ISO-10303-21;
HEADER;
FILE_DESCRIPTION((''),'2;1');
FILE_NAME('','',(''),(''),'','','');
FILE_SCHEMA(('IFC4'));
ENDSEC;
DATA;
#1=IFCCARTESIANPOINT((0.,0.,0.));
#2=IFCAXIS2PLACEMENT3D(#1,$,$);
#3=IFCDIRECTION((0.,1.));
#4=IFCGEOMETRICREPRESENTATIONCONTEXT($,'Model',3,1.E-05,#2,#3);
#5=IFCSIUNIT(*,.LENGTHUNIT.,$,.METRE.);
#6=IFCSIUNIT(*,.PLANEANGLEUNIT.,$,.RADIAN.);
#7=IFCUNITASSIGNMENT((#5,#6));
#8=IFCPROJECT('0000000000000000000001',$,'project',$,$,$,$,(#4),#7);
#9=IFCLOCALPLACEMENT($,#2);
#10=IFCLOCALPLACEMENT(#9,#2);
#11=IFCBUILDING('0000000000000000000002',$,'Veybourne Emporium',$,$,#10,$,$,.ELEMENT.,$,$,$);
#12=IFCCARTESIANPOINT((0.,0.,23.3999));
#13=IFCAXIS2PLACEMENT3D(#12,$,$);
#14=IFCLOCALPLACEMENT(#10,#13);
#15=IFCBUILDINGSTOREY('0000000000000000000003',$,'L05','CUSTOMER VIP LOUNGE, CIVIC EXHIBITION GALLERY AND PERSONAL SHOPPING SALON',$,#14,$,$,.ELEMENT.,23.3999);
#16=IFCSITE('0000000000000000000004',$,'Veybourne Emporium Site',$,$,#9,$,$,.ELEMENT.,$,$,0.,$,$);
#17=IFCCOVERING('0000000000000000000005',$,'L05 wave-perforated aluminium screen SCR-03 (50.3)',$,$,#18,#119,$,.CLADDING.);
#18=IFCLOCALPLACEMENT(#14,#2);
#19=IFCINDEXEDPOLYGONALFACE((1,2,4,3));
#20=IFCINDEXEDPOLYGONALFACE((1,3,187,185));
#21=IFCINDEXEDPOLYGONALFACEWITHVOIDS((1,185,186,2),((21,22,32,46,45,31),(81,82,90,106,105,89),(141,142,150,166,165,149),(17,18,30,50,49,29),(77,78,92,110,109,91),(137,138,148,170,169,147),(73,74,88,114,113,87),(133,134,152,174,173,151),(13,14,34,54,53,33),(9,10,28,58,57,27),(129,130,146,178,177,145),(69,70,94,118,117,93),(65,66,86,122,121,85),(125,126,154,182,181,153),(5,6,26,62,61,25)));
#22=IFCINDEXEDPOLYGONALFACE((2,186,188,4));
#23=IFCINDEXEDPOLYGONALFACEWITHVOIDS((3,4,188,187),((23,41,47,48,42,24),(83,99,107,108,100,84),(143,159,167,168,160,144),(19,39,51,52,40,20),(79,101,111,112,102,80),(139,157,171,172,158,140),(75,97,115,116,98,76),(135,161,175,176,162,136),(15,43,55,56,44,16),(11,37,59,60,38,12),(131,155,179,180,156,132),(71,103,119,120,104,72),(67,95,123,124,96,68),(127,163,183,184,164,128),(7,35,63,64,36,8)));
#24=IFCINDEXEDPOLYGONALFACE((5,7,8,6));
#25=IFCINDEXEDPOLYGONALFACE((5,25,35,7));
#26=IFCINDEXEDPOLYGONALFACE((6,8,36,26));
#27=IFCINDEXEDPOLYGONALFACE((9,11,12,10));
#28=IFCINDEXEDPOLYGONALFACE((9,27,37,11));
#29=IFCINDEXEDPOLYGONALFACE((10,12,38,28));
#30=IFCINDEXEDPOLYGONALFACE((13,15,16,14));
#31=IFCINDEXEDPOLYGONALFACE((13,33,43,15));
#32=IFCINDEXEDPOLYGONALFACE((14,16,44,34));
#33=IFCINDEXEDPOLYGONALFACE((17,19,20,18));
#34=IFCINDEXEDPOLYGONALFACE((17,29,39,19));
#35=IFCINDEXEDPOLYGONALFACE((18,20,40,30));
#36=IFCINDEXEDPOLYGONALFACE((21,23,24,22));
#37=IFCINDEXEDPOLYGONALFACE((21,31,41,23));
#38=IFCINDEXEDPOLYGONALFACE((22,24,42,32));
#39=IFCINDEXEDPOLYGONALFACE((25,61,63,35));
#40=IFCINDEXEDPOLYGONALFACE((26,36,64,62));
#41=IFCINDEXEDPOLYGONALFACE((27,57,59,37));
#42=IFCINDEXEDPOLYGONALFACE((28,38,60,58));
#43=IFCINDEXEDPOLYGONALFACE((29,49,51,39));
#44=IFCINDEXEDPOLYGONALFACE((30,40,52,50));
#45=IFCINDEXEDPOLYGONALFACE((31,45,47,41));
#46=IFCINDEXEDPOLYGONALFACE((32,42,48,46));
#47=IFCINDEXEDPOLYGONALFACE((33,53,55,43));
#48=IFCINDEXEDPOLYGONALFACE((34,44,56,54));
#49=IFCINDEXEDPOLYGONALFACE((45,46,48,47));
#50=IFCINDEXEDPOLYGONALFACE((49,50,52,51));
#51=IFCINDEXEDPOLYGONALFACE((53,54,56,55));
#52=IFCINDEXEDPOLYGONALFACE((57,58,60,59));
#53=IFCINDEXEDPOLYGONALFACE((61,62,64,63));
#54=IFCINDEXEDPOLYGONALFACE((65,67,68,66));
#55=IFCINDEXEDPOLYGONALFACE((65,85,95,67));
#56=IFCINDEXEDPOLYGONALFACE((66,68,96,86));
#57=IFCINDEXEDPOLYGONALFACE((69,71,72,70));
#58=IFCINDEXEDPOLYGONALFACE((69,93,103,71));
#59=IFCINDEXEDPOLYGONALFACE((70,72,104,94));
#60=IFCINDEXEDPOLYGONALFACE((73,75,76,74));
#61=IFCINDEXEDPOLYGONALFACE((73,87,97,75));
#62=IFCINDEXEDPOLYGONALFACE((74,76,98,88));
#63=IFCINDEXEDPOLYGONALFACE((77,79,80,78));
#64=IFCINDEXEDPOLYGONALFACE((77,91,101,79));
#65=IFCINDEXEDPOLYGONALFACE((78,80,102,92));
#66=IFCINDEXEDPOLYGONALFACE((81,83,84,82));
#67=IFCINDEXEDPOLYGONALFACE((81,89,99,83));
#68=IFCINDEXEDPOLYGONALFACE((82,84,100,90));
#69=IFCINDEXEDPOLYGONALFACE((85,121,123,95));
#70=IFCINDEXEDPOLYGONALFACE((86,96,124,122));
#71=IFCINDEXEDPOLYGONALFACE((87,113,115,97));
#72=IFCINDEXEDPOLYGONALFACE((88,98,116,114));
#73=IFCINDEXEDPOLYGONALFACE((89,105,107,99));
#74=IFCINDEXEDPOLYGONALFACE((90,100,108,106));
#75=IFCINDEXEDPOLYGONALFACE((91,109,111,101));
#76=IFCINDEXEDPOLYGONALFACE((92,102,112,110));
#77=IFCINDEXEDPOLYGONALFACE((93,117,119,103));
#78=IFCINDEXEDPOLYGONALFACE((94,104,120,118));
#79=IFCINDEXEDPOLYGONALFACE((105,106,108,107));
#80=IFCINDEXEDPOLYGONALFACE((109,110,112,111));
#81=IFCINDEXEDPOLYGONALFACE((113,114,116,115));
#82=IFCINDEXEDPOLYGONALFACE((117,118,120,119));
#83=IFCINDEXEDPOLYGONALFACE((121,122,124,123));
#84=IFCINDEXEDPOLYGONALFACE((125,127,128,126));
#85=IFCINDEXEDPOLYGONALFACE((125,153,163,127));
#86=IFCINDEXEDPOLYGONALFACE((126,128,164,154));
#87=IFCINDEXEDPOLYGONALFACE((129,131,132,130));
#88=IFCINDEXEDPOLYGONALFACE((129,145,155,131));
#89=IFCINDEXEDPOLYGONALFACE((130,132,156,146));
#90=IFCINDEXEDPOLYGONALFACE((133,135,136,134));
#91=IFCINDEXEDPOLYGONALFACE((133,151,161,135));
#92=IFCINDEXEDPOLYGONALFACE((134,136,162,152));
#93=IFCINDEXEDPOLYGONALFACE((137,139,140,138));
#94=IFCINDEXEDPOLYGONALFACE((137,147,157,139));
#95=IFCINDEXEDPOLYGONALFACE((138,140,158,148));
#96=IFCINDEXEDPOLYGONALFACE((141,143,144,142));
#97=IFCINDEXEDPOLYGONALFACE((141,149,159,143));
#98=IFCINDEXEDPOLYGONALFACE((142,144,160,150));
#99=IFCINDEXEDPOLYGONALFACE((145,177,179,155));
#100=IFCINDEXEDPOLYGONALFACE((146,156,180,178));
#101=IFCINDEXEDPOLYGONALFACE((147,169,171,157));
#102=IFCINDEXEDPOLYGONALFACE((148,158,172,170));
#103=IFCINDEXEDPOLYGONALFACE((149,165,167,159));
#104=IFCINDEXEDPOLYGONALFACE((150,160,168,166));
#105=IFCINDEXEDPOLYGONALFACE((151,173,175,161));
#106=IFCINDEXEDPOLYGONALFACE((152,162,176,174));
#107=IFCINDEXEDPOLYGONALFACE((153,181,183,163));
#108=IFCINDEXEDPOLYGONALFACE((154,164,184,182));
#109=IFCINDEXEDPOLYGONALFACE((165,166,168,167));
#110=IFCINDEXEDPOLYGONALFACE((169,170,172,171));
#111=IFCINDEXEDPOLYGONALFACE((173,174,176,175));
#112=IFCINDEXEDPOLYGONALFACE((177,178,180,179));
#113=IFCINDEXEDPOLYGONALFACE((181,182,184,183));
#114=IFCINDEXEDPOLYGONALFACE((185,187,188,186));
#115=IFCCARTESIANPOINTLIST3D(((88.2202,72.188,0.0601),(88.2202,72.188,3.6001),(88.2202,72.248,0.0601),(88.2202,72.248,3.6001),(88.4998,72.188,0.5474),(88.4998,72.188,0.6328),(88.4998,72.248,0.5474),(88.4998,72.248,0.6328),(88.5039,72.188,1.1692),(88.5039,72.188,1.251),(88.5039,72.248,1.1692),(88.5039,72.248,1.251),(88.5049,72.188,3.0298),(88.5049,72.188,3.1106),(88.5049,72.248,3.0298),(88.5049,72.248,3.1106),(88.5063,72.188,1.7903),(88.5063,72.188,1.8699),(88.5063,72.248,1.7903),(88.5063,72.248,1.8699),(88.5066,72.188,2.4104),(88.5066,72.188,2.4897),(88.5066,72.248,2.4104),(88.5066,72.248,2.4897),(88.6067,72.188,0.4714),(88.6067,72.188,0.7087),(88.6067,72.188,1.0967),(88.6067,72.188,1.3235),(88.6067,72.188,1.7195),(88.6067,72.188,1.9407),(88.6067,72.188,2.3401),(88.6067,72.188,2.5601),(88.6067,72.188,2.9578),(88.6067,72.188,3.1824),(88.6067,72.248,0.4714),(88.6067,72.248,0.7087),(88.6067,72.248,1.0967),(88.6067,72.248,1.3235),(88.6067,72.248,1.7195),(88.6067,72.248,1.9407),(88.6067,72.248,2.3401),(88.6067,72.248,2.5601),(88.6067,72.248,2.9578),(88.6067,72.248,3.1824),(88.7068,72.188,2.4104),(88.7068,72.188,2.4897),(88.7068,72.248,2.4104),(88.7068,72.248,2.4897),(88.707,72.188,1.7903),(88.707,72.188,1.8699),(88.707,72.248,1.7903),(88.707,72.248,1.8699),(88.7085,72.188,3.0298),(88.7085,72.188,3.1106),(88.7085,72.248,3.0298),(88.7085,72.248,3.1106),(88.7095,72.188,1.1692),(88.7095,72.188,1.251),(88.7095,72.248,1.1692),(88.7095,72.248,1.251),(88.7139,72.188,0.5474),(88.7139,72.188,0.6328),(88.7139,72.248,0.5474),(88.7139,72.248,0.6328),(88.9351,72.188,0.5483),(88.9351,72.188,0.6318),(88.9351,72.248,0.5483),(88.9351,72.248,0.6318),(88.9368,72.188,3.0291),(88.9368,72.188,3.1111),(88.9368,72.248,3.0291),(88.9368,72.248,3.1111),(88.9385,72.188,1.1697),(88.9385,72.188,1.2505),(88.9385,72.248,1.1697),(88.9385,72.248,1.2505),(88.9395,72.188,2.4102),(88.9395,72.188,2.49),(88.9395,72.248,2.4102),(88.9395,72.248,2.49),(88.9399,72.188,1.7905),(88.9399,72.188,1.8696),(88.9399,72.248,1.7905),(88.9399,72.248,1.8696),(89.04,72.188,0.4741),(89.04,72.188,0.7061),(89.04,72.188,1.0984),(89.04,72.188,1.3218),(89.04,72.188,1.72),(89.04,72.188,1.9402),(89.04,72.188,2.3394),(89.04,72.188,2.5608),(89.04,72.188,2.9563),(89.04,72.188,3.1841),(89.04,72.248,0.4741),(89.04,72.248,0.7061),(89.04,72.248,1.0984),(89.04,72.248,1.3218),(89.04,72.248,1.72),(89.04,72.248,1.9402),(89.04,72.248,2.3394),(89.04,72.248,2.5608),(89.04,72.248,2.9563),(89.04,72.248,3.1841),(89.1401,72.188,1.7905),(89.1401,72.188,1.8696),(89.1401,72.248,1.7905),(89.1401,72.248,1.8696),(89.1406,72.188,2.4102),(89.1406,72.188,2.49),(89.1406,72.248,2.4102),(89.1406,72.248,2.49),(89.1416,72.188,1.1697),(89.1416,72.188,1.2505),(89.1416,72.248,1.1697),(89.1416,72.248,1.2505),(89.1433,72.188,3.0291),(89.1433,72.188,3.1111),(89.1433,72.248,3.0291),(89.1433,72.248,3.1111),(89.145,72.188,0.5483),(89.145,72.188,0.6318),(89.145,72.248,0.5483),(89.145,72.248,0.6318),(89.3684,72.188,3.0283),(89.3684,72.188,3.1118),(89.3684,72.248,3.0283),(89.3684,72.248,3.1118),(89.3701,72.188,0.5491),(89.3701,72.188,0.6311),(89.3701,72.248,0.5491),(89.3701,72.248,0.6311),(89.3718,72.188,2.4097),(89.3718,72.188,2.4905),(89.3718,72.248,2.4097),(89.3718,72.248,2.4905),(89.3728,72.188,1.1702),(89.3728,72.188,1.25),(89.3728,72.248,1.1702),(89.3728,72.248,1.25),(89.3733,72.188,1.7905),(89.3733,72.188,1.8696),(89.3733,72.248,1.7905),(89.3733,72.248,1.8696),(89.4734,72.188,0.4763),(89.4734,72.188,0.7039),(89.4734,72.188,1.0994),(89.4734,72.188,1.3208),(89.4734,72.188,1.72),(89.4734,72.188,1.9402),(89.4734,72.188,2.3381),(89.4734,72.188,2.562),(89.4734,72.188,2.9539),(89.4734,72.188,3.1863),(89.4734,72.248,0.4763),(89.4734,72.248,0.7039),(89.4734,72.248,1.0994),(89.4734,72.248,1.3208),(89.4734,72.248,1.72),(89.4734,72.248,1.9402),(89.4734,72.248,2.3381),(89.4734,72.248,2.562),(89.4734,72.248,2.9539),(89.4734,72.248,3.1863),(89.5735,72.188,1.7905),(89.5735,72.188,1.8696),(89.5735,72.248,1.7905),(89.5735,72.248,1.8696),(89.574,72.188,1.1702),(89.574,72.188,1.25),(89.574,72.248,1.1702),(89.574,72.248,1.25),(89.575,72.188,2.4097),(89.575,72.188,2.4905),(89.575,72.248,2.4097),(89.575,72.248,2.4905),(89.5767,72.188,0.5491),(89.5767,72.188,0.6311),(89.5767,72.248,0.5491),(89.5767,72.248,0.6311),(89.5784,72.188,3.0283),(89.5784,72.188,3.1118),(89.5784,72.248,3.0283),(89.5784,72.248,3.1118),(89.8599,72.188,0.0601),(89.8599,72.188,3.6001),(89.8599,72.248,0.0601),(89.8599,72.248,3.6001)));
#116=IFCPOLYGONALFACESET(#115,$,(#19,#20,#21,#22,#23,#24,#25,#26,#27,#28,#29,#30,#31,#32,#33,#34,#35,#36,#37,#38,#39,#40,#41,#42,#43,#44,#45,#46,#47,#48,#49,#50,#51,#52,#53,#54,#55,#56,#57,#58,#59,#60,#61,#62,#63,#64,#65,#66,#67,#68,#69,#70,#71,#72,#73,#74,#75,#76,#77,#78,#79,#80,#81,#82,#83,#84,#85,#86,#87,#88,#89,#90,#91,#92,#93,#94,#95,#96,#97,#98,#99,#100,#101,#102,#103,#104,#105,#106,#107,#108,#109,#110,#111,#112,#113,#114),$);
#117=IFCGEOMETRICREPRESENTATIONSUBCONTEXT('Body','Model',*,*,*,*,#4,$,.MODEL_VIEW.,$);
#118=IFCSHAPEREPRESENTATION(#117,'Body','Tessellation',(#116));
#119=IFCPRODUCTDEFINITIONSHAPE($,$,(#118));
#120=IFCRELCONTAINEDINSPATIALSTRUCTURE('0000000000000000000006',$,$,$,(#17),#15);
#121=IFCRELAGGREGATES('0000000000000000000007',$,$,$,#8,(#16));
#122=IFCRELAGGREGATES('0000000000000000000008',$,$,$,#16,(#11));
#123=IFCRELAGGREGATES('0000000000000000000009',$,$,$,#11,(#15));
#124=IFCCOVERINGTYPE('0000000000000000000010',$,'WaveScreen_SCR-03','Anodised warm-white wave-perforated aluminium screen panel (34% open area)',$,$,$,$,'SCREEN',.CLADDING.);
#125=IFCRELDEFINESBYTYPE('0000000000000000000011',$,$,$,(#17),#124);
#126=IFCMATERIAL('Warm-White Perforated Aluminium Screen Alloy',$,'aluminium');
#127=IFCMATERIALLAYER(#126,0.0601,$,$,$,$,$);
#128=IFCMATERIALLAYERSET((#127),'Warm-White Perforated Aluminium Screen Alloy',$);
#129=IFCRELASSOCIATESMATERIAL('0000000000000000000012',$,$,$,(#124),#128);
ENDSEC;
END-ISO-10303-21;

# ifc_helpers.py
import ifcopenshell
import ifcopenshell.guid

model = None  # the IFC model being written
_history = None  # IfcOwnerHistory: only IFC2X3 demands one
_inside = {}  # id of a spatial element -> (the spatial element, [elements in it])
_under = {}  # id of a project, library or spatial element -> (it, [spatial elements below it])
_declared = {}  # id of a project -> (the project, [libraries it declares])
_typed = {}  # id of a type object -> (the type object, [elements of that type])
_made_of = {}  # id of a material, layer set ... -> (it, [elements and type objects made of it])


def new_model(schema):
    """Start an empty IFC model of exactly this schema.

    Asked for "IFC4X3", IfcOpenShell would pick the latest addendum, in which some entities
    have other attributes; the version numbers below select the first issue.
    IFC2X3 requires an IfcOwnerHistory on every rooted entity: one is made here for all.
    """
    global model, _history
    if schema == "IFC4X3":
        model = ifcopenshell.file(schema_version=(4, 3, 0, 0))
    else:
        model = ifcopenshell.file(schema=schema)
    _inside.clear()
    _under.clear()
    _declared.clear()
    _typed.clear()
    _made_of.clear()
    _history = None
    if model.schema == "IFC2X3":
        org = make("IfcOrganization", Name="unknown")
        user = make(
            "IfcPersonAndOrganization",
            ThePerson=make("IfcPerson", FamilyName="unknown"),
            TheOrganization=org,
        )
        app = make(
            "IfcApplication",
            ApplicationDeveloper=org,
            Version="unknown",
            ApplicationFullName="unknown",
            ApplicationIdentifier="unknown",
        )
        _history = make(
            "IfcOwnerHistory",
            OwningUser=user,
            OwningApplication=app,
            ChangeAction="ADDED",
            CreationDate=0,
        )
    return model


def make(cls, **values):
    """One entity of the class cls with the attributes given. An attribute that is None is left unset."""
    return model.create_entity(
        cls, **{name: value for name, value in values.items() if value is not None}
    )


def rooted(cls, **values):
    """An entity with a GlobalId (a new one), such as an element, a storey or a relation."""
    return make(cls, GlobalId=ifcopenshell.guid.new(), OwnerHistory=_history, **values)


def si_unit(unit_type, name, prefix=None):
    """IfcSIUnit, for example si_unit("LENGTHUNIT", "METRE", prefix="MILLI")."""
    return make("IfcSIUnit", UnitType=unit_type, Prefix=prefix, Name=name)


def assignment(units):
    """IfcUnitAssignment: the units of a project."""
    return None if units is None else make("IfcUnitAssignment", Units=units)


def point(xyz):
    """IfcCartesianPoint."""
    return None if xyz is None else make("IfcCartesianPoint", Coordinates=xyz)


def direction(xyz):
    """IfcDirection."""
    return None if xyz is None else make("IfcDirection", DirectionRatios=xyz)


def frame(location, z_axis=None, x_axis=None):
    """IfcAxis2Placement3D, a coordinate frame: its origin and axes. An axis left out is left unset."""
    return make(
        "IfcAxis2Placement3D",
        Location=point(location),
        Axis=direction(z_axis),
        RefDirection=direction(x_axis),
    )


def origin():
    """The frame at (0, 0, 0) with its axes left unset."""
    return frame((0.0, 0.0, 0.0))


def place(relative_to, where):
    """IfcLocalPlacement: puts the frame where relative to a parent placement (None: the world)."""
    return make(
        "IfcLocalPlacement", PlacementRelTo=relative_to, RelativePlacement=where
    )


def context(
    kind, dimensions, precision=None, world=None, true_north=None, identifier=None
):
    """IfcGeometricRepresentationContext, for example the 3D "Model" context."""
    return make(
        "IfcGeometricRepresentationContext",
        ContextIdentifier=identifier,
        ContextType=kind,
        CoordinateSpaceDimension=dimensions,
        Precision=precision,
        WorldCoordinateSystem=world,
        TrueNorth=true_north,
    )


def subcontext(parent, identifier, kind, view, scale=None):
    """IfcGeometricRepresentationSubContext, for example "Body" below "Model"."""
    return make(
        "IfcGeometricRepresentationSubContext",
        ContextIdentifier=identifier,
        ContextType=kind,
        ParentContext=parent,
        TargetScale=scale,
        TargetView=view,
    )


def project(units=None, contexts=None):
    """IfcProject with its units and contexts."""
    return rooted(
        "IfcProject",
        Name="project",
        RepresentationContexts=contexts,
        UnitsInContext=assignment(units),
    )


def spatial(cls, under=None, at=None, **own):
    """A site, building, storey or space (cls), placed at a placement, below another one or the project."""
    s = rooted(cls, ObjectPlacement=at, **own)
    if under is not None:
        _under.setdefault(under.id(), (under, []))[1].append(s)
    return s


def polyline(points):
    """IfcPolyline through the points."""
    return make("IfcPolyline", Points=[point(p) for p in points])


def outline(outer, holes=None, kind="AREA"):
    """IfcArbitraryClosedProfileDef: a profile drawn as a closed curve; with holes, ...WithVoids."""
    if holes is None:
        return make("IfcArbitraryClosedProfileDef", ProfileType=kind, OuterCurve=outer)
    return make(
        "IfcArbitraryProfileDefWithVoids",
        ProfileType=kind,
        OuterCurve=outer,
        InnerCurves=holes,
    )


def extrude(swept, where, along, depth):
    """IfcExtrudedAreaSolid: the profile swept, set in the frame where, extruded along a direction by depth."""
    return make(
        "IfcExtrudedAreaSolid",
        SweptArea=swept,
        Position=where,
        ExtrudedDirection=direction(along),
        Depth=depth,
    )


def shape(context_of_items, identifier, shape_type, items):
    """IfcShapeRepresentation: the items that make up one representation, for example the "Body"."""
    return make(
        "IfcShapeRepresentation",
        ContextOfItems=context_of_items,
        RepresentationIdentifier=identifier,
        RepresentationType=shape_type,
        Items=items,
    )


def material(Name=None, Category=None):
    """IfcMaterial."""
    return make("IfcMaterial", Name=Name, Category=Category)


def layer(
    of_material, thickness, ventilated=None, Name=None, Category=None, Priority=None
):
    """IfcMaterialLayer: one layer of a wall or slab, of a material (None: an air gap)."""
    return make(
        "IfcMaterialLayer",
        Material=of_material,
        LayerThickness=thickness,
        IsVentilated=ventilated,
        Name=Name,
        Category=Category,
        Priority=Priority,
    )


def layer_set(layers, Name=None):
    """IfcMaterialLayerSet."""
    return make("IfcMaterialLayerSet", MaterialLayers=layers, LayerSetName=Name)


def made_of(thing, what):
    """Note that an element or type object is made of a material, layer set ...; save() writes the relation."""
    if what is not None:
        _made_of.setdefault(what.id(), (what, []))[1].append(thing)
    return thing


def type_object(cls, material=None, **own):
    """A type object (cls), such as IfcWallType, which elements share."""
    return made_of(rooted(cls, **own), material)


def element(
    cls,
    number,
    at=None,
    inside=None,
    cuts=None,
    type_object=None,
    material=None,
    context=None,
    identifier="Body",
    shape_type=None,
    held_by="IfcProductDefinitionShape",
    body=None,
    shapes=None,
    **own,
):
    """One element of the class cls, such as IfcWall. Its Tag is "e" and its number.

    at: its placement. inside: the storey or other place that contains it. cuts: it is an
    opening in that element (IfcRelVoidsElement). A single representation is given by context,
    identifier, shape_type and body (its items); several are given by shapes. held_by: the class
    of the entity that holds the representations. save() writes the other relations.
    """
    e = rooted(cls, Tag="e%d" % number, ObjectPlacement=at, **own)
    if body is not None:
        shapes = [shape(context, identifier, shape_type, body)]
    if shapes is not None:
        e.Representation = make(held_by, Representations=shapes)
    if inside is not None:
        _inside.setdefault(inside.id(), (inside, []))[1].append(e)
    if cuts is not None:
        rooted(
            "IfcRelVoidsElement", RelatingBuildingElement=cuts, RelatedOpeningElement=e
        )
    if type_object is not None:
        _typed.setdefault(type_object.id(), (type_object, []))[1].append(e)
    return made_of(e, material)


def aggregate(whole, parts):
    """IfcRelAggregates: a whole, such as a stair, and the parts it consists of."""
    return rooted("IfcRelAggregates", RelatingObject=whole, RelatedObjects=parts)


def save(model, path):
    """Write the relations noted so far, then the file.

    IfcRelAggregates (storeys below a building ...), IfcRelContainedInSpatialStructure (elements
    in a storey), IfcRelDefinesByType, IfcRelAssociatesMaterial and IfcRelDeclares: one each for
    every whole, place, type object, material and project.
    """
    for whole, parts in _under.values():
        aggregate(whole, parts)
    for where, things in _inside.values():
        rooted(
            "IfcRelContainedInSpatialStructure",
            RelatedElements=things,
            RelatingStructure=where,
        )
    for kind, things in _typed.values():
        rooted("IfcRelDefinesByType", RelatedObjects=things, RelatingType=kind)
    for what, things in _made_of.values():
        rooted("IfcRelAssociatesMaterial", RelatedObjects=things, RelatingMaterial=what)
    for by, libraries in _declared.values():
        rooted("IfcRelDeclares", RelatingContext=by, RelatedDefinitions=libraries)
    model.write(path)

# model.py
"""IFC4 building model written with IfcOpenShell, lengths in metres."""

from ifc_helpers import new_model, si_unit, direction, frame, origin, place, context, subcontext, project, spatial, polyline, outline, extrude, material, layer, layer_set, type_object, element, save


model = new_model("IFC4")

# Units and contexts
model_context = context("Model", 3, precision=1e-05, world=origin(), true_north=direction((0.0, 1.0)))
body_context = subcontext(model_context, "Body", "Model", "MODEL_VIEW")
ifc_project = project(units=[si_unit("LENGTHUNIT", "METRE"), si_unit("PLANEANGLEUNIT", "RADIAN")], contexts=[model_context])

# Site, building, storey
site_placement = place(None, origin())
site = spatial("IfcSite", under=ifc_project, at=site_placement, Name="Veybourne Emporium Site", CompositionType="ELEMENT", RefElevation=0.0)
building_placement = place(site_placement, origin())
building = spatial("IfcBuilding", under=site, at=building_placement, Name="Veybourne Emporium", CompositionType="ELEMENT")
storey_placement = place(building_placement, frame((0.0, 0.0, 23.3999)))
storey = spatial("IfcBuildingStorey", under=building, at=storey_placement, Name="L05", Description="CUSTOMER VIP LOUNGE, CIVIC EXHIBITION GALLERY AND PERSONAL SHOPPING SALON", CompositionType="ELEMENT", Elevation=23.3999)

# Covering
ifc_material_1 = material(Name="Warm-White Perforated Aluminium Screen Alloy", Category="aluminium")
ifc_layer_1 = layer(ifc_material_1, 0.0601)
ifc_layer_set_1 = layer_set([ifc_layer_1], Name="Warm-White Perforated Aluminium Screen Alloy")
covering_type_1 = type_object("IfcCoveringType", Name="WaveScreen_SCR-03", Description="Anodised warm-white wave-perforated aluminium screen panel (34% open area)", ElementType="SCREEN", PredefinedType="CLADDING", material=ifc_layer_set_1)
covering_1_placement = place(storey_placement, frame((89.04, 72.248, 1.8301), z_axis=(0.0, -1.0, 0.0), x_axis=(1.0, 0.0, 0.0)))
element("IfcCovering", 1, at=covering_1_placement, inside=storey, type_object=covering_type_1, Name="L05 wave-perforated aluminium screen SCR-03 (50.3)", PredefinedType="CLADDING", context=body_context, shape_type="SweptSolid", body=[
    extrude(outline(polyline([(-0.8198, -1.77), (0.8198, -1.77), (0.8198, 1.77), (-0.8198, 1.77), (-0.8198, -1.77)]), holes=[polyline([(-0.4333, -1.1213), (-0.3262, -1.1973), (-0.3262, -1.2827), (-0.4333, -1.3586), (-0.5403, -1.2827), (-0.5403, -1.1973), (-0.4333, -1.1213)]), polyline([(-0.4333, -0.5066), (-0.3306, -0.5791), (-0.3306, -0.6609), (-0.4333, -0.7334), (-0.5361, -0.6609), (-0.5361, -0.5791), (-0.4333, -0.5066)]), polyline([(-0.4333, 0.1106), (-0.333, 0.0398), (-0.333, -0.0398), (-0.4333, -0.1106), (-0.5337, -0.0398), (-0.5337, 0.0398), (-0.4333, 0.1106)]), polyline([(-0.4333, 0.73), (-0.3333, 0.6597), (-0.3333, 0.5803), (-0.4333, 0.51), (-0.5334, 0.5803), (-0.5334, 0.6597), (-0.4333, 0.73)]), polyline([(-0.4333, 1.3523), (-0.3315, 1.2805), (-0.3315, 1.1997), (-0.4333, 1.1277), (-0.5352, 1.1997), (-0.5352, 1.2805), (-0.4333, 1.3523)]), polyline([(0.0, -1.124), (0.105, -1.1982), (0.105, -1.2817), (0.0, -1.356), (-0.105, -1.2817), (-0.105, -1.1982), (0.0, -1.124)]), polyline([(0.0, -0.5083), (0.1016, -0.5796), (0.1016, -0.6604), (0.0, -0.7317), (-0.1016, -0.6604), (-0.1016, -0.5796), (0.0, -0.5083)]), polyline([(0.0, 0.1101), (0.1001, 0.0396), (0.1001, -0.0396), (0.0, -0.1101), (-0.1001, -0.0396), (-0.1001, 0.0396), (0.0, 0.1101)]), polyline([(0.0, 0.7307), (0.1006, 0.6599), (0.1006, 0.5801), (0.0, 0.5093), (-0.1006, 0.5801), (-0.1006, 0.6599), (0.0, 0.7307)]), polyline([(0.0, 1.354), (0.1033, 1.281), (0.1033, 1.199), (0.0, 1.1262), (-0.1033, 1.199), (-0.1033, 1.281), (0.0, 1.354)]), polyline([(0.4333, -1.1262), (0.5366, -1.199), (0.5366, -1.281), (0.4333, -1.3538), (0.3301, -1.281), (0.3301, -1.199), (0.4333, -1.1262)]), polyline([(0.4333, -0.5093), (0.5339, -0.5801), (0.5339, -0.6599), (0.4333, -0.7307), (0.3328, -0.6599), (0.3328, -0.5801), (0.4333, -0.5093)]), polyline([(0.4333, 0.1101), (0.5334, 0.0396), (0.5334, -0.0396), (0.4333, -0.1101), (0.3333, -0.0396), (0.3333, 0.0396), (0.4333, 0.1101)]), polyline([(0.4333, 0.7319), (0.5349, 0.6604), (0.5349, 0.5796), (0.4333, 0.5081), (0.3318, 0.5796), (0.3318, 0.6604), (0.4333, 0.7319)]), polyline([(0.4333, 1.3562), (0.5383, 1.2817), (0.5383, 1.1982), (0.4333, 1.1238), (0.3284, 1.1982), (0.3284, 1.2817), (0.4333, 1.3562)])]), origin(), (0.0, 0.0, 1.0), 0.0601),
])

save(model, "model.ifc")
